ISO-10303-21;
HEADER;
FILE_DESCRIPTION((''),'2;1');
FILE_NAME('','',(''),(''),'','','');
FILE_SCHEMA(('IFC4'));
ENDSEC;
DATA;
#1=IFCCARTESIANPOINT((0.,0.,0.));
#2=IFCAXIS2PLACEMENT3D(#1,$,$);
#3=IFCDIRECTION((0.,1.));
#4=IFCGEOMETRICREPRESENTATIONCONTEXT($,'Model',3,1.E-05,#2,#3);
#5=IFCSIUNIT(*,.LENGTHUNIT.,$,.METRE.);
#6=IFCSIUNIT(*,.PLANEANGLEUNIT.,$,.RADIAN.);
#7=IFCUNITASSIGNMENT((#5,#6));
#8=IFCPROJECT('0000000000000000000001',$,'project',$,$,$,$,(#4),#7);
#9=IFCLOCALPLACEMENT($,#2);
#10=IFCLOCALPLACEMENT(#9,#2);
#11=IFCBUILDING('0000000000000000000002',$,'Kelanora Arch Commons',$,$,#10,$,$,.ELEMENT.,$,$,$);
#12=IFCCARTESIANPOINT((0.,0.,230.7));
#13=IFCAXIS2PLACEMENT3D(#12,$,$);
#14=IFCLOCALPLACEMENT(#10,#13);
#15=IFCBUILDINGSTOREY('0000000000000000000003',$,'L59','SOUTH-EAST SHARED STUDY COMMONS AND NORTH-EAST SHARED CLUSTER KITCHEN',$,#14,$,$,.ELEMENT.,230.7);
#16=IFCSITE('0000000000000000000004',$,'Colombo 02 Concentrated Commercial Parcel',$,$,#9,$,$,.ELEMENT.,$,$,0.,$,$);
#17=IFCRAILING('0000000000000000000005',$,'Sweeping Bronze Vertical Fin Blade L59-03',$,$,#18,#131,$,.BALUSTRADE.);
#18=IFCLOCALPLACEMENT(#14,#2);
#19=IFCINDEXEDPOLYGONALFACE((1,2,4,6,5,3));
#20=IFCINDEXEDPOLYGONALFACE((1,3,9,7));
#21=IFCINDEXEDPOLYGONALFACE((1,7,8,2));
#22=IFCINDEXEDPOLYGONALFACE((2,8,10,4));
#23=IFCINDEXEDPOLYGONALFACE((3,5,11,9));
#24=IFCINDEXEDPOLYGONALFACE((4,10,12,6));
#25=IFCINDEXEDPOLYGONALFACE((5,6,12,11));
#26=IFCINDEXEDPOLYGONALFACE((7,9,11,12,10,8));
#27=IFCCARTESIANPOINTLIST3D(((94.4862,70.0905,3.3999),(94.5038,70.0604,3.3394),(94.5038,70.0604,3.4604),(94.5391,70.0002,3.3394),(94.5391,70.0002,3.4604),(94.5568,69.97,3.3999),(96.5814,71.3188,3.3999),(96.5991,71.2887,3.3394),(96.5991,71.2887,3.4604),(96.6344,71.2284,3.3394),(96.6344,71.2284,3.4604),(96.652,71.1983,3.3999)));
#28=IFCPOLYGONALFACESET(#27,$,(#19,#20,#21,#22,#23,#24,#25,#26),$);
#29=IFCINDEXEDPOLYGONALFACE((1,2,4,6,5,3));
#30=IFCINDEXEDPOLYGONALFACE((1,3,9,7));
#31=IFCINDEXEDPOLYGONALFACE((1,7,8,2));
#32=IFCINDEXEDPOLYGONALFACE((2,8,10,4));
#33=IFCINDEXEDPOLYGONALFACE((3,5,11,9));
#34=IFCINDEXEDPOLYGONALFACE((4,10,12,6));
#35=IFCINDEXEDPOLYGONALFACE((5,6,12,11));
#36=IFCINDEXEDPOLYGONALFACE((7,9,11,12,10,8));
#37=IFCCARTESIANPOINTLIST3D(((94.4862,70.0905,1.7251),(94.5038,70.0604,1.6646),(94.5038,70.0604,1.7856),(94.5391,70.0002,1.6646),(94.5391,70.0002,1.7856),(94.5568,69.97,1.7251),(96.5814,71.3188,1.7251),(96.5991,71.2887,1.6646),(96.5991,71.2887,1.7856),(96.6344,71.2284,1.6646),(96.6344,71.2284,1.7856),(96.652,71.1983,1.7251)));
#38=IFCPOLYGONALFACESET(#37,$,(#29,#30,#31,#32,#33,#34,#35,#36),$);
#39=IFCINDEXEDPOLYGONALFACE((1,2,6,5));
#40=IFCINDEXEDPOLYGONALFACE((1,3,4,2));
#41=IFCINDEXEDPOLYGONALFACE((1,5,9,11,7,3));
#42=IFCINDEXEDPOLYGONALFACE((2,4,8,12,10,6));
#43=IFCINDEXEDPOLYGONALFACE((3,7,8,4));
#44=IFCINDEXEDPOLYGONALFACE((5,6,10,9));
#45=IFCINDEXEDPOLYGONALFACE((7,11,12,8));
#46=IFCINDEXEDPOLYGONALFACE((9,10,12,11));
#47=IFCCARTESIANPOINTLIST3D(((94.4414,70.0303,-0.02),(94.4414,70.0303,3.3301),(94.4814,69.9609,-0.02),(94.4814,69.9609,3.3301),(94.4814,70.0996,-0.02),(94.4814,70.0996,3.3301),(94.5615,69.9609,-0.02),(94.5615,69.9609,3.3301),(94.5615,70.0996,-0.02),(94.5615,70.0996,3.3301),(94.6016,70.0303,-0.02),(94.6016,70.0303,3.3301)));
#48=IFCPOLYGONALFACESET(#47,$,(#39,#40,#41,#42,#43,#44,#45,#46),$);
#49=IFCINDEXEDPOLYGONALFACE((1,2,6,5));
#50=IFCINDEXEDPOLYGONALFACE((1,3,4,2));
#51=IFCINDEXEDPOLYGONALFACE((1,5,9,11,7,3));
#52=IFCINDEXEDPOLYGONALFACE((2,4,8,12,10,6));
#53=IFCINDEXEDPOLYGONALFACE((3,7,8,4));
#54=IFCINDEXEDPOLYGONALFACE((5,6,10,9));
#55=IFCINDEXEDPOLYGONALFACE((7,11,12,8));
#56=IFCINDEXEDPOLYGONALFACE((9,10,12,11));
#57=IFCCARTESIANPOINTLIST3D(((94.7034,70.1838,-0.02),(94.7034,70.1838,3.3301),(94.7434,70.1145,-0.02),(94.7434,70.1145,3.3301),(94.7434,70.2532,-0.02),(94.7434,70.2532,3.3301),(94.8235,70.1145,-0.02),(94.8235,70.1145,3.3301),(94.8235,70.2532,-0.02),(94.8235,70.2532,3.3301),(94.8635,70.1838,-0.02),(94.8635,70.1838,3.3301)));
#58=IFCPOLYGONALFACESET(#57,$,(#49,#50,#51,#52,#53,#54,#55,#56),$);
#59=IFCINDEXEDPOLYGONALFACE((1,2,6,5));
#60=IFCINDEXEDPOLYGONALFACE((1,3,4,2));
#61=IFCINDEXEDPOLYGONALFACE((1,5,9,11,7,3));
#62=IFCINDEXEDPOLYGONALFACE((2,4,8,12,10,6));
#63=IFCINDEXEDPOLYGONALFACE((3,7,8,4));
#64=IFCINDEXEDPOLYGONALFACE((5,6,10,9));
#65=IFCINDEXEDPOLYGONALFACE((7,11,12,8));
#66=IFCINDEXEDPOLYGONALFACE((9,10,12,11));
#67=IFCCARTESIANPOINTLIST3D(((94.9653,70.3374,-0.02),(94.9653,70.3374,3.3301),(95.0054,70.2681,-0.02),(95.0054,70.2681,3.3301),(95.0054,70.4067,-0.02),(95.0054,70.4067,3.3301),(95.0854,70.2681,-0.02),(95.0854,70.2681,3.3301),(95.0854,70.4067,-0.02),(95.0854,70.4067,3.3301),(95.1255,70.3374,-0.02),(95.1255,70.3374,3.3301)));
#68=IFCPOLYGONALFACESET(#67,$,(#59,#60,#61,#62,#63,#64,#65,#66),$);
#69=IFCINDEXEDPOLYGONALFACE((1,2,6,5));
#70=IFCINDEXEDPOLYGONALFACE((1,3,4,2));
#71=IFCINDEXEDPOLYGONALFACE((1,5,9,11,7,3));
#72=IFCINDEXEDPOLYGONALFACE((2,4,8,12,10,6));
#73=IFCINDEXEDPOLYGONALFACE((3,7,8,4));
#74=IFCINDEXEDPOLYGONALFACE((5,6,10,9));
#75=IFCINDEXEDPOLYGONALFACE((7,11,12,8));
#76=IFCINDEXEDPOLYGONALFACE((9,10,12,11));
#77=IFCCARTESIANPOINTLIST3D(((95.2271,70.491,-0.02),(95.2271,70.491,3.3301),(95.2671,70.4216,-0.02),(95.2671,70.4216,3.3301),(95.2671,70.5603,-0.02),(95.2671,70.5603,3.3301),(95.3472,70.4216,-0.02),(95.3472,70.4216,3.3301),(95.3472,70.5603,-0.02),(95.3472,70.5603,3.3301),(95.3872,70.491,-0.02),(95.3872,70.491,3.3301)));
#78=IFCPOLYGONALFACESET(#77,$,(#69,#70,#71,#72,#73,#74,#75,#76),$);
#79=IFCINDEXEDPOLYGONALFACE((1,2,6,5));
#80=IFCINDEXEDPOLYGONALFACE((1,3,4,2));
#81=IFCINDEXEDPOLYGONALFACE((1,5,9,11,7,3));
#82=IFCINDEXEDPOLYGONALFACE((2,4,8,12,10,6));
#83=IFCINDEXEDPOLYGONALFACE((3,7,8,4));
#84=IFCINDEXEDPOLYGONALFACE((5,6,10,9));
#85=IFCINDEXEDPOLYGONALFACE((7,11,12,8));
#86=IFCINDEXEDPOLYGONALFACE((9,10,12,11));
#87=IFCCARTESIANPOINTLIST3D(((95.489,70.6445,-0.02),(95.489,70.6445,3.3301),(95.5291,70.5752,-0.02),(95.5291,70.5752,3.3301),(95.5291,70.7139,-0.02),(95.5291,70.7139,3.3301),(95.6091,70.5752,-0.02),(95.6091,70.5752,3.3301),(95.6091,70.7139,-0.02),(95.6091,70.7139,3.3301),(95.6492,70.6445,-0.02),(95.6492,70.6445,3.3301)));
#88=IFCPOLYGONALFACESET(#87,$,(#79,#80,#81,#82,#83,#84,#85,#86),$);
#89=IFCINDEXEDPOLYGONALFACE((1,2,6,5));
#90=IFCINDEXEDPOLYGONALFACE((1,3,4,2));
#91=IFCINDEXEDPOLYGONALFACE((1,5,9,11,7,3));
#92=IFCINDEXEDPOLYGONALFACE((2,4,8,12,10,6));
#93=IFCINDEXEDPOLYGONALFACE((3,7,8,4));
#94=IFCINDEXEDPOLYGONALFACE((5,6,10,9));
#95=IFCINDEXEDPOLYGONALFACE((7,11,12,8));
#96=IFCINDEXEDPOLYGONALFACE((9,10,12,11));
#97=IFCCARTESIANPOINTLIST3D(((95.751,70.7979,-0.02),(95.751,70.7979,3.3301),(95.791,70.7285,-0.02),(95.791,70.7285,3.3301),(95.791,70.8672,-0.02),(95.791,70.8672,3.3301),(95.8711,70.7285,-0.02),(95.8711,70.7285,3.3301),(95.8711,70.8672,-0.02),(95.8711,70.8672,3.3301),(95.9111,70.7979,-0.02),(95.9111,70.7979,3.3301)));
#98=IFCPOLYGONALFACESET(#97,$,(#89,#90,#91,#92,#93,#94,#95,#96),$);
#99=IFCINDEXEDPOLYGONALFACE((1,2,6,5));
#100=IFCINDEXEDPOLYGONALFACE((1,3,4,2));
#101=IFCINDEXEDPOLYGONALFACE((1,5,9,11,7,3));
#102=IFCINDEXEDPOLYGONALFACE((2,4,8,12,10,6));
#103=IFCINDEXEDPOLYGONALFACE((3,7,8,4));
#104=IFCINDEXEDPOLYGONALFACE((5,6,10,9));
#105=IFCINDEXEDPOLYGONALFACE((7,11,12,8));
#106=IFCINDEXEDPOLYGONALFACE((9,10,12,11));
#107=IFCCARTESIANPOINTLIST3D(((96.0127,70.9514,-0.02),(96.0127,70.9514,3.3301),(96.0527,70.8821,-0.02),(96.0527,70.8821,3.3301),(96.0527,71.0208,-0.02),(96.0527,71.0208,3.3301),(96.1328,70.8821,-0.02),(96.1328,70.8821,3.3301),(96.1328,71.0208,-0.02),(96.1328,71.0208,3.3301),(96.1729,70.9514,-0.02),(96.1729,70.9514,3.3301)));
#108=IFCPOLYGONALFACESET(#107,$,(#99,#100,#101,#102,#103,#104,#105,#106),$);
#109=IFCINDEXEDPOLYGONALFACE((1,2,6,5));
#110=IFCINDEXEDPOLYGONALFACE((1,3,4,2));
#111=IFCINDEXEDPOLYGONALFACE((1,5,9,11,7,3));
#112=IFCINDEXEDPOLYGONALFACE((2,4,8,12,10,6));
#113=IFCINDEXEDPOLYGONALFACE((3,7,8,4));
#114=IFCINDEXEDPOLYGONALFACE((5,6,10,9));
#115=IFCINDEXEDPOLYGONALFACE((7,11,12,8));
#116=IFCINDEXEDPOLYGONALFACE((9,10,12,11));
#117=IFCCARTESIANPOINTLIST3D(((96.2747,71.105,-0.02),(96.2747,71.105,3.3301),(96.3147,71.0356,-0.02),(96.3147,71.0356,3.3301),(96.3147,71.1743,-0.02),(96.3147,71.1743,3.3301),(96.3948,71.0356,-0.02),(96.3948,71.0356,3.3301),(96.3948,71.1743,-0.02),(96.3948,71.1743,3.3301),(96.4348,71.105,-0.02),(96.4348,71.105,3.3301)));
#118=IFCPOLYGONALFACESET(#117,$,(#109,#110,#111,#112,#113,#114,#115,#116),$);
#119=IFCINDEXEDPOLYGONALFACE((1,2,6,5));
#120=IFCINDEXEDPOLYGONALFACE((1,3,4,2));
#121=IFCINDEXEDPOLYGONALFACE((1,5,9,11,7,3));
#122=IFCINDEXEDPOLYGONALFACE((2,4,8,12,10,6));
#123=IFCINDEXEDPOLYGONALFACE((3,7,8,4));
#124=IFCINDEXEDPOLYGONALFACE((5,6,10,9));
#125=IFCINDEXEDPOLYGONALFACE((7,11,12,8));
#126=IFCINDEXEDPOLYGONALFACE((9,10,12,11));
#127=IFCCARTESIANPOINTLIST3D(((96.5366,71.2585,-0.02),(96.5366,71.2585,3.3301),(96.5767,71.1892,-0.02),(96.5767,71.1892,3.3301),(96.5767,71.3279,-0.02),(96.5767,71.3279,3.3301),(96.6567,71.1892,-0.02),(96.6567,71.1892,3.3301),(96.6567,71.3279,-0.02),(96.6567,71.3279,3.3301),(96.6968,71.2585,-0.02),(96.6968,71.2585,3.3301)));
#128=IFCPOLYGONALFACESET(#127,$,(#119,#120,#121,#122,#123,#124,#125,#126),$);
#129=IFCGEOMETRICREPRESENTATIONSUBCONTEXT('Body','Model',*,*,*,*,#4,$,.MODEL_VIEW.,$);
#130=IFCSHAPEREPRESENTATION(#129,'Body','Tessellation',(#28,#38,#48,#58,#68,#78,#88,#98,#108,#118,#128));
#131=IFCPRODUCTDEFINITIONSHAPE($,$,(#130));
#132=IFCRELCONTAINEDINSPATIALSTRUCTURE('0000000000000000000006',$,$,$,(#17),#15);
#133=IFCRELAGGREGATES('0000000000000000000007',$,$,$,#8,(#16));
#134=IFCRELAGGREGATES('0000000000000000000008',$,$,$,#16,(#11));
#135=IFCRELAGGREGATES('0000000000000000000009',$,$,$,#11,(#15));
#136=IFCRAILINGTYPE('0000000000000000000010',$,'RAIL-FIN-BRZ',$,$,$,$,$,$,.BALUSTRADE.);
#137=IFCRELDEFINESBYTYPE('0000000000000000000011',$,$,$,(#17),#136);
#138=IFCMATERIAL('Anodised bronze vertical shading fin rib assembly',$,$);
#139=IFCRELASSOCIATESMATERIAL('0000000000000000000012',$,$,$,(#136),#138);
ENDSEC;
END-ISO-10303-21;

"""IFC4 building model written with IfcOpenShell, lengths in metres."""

from ifc_helpers import new_model, si_unit, direction, frame, origin, place, context, subcontext, project, spatial, polyline, outline, extrude, material, type_object, element, save


model = new_model("IFC4")

# Units and contexts
model_context = context("Model", 3, precision=1e-05, world=origin(), true_north=direction((0.0, 1.0)))
body_context = subcontext(model_context, "Body", "Model", "MODEL_VIEW")
ifc_project = project(units=[si_unit("LENGTHUNIT", "METRE"), si_unit("PLANEANGLEUNIT", "RADIAN")], contexts=[model_context])

# Site, building, storey
site_placement = place(None, origin())
site = spatial("IfcSite", under=ifc_project, at=site_placement, Name="Colombo 02 Concentrated Commercial Parcel", CompositionType="ELEMENT", RefElevation=0.0)
building_placement = place(site_placement, origin())
building = spatial("IfcBuilding", under=site, at=building_placement, Name="Kelanora Arch Commons", CompositionType="ELEMENT")
storey_placement = place(building_placement, frame((0.0, 0.0, 230.7)))
storey = spatial("IfcBuildingStorey", under=building, at=storey_placement, Name="L59", Description="SOUTH-EAST SHARED STUDY COMMONS AND NORTH-EAST SHARED CLUSTER KITCHEN", CompositionType="ELEMENT", Elevation=230.7)

# Railing
ifc_material_1 = material(Name="Anodised bronze vertical shading fin rib assembly")
railing_type = type_object("IfcRailingType", Name="RAIL-FIN-BRZ", PredefinedType="BALUSTRADE", material=ifc_material_1)
railing_1_placement = place(storey_placement, frame((94.5215, 70.0303, -0.02)))
element("IfcRailing", 1, at=railing_1_placement, inside=storey, type_object=railing_type, Name="Sweeping Bronze Vertical Fin Blade L59-03", PredefinedType="BALUSTRADE", context=body_context, shape_type="SweptSolid", body=[
    extrude(outline(polyline([(0.0698, 0.0), (0.0349, 0.0605), (-0.0349, 0.0605), (-0.0698, 0.0), (-0.0349, -0.0605), (0.0349, -0.0605), (0.0698, 0.0)])), frame((0.0, 0.0, 3.4199), z_axis=(0.86269, 0.505732, 0.0), x_axis=(-0.505732, 0.86269, 0.0)), (0.0, 0.0, 1.0), 2.4287),
    extrude(outline(polyline([(0.0698, 0.0), (0.0349, 0.0605), (-0.0349, 0.0605), (-0.0698, 0.0), (-0.0349, -0.0605), (0.0349, -0.0605), (0.0698, 0.0)])), frame((0.0, 0.0, 1.7451), z_axis=(0.86269, 0.505732, 0.0), x_axis=(-0.505732, 0.86269, 0.0)), (0.0, 0.0, 1.0), 2.4287),
    extrude(outline(polyline([(0.0801, 0.0), (0.04, 0.0693), (-0.04, 0.0693), (-0.0801, 0.0), (-0.04, -0.0693), (0.04, -0.0693), (0.0801, 0.0)])), origin(), (0.0, 0.0, 1.0), 3.3501),
    extrude(outline(polyline([(0.0801, 0.0), (0.04, 0.0693), (-0.04, 0.0693), (-0.0801, 0.0), (-0.04, -0.0693), (0.04, -0.0693), (0.0801, 0.0)])), frame((0.262, 0.1536, 0.0)), (0.0, 0.0, 1.0), 3.3501),
    extrude(outline(polyline([(0.0801, 0.0), (0.04, 0.0693), (-0.04, 0.0693), (-0.0801, 0.0), (-0.04, -0.0693), (0.04, -0.0693), (0.0801, 0.0)])), frame((0.5239, 0.3071, 0.0)), (0.0, 0.0, 1.0), 3.3501),
    extrude(outline(polyline([(0.0801, 0.0), (0.04, 0.0693), (-0.04, 0.0693), (-0.0801, 0.0), (-0.04, -0.0693), (0.04, -0.0693), (0.0801, 0.0)])), frame((0.7856, 0.4607, 0.0)), (0.0, 0.0, 1.0), 3.3501),
    extrude(outline(polyline([(0.0801, 0.0), (0.04, 0.0693), (-0.04, 0.0693), (-0.0801, 0.0), (-0.04, -0.0693), (0.04, -0.0693), (0.0801, 0.0)])), frame((1.0476, 0.6143, 0.0)), (0.0, 0.0, 1.0), 3.3501),
    extrude(outline(polyline([(0.0801, 0.0), (0.04, 0.0693), (-0.04, 0.0693), (-0.0801, 0.0), (-0.04, -0.0693), (0.04, -0.0693), (0.0801, 0.0)])), frame((1.3096, 0.7676, 0.0)), (0.0, 0.0, 1.0), 3.3501),
    extrude(outline(polyline([(0.0801, 0.0), (0.04, 0.0693), (-0.04, 0.0693), (-0.0801, 0.0), (-0.04, -0.0693), (0.04, -0.0693), (0.0801, 0.0)])), frame((1.5713, 0.9211, 0.0)), (0.0, 0.0, 1.0), 3.3501),
    extrude(outline(polyline([(0.0801, 0.0), (0.04, 0.0693), (-0.04, 0.0693), (-0.0801, 0.0), (-0.04, -0.0693), (0.04, -0.0693), (0.0801, 0.0)])), frame((1.8333, 1.0747, 0.0)), (0.0, 0.0, 1.0), 3.3501),
    extrude(outline(polyline([(0.0801, 0.0), (0.04, 0.0693), (-0.04, 0.0693), (-0.0801, 0.0), (-0.04, -0.0693), (0.04, -0.0693), (0.0801, 0.0)])), frame((2.0952, 1.2283, 0.0)), (0.0, 0.0, 1.0), 3.3501),
])

save(model, "model.ifc")
